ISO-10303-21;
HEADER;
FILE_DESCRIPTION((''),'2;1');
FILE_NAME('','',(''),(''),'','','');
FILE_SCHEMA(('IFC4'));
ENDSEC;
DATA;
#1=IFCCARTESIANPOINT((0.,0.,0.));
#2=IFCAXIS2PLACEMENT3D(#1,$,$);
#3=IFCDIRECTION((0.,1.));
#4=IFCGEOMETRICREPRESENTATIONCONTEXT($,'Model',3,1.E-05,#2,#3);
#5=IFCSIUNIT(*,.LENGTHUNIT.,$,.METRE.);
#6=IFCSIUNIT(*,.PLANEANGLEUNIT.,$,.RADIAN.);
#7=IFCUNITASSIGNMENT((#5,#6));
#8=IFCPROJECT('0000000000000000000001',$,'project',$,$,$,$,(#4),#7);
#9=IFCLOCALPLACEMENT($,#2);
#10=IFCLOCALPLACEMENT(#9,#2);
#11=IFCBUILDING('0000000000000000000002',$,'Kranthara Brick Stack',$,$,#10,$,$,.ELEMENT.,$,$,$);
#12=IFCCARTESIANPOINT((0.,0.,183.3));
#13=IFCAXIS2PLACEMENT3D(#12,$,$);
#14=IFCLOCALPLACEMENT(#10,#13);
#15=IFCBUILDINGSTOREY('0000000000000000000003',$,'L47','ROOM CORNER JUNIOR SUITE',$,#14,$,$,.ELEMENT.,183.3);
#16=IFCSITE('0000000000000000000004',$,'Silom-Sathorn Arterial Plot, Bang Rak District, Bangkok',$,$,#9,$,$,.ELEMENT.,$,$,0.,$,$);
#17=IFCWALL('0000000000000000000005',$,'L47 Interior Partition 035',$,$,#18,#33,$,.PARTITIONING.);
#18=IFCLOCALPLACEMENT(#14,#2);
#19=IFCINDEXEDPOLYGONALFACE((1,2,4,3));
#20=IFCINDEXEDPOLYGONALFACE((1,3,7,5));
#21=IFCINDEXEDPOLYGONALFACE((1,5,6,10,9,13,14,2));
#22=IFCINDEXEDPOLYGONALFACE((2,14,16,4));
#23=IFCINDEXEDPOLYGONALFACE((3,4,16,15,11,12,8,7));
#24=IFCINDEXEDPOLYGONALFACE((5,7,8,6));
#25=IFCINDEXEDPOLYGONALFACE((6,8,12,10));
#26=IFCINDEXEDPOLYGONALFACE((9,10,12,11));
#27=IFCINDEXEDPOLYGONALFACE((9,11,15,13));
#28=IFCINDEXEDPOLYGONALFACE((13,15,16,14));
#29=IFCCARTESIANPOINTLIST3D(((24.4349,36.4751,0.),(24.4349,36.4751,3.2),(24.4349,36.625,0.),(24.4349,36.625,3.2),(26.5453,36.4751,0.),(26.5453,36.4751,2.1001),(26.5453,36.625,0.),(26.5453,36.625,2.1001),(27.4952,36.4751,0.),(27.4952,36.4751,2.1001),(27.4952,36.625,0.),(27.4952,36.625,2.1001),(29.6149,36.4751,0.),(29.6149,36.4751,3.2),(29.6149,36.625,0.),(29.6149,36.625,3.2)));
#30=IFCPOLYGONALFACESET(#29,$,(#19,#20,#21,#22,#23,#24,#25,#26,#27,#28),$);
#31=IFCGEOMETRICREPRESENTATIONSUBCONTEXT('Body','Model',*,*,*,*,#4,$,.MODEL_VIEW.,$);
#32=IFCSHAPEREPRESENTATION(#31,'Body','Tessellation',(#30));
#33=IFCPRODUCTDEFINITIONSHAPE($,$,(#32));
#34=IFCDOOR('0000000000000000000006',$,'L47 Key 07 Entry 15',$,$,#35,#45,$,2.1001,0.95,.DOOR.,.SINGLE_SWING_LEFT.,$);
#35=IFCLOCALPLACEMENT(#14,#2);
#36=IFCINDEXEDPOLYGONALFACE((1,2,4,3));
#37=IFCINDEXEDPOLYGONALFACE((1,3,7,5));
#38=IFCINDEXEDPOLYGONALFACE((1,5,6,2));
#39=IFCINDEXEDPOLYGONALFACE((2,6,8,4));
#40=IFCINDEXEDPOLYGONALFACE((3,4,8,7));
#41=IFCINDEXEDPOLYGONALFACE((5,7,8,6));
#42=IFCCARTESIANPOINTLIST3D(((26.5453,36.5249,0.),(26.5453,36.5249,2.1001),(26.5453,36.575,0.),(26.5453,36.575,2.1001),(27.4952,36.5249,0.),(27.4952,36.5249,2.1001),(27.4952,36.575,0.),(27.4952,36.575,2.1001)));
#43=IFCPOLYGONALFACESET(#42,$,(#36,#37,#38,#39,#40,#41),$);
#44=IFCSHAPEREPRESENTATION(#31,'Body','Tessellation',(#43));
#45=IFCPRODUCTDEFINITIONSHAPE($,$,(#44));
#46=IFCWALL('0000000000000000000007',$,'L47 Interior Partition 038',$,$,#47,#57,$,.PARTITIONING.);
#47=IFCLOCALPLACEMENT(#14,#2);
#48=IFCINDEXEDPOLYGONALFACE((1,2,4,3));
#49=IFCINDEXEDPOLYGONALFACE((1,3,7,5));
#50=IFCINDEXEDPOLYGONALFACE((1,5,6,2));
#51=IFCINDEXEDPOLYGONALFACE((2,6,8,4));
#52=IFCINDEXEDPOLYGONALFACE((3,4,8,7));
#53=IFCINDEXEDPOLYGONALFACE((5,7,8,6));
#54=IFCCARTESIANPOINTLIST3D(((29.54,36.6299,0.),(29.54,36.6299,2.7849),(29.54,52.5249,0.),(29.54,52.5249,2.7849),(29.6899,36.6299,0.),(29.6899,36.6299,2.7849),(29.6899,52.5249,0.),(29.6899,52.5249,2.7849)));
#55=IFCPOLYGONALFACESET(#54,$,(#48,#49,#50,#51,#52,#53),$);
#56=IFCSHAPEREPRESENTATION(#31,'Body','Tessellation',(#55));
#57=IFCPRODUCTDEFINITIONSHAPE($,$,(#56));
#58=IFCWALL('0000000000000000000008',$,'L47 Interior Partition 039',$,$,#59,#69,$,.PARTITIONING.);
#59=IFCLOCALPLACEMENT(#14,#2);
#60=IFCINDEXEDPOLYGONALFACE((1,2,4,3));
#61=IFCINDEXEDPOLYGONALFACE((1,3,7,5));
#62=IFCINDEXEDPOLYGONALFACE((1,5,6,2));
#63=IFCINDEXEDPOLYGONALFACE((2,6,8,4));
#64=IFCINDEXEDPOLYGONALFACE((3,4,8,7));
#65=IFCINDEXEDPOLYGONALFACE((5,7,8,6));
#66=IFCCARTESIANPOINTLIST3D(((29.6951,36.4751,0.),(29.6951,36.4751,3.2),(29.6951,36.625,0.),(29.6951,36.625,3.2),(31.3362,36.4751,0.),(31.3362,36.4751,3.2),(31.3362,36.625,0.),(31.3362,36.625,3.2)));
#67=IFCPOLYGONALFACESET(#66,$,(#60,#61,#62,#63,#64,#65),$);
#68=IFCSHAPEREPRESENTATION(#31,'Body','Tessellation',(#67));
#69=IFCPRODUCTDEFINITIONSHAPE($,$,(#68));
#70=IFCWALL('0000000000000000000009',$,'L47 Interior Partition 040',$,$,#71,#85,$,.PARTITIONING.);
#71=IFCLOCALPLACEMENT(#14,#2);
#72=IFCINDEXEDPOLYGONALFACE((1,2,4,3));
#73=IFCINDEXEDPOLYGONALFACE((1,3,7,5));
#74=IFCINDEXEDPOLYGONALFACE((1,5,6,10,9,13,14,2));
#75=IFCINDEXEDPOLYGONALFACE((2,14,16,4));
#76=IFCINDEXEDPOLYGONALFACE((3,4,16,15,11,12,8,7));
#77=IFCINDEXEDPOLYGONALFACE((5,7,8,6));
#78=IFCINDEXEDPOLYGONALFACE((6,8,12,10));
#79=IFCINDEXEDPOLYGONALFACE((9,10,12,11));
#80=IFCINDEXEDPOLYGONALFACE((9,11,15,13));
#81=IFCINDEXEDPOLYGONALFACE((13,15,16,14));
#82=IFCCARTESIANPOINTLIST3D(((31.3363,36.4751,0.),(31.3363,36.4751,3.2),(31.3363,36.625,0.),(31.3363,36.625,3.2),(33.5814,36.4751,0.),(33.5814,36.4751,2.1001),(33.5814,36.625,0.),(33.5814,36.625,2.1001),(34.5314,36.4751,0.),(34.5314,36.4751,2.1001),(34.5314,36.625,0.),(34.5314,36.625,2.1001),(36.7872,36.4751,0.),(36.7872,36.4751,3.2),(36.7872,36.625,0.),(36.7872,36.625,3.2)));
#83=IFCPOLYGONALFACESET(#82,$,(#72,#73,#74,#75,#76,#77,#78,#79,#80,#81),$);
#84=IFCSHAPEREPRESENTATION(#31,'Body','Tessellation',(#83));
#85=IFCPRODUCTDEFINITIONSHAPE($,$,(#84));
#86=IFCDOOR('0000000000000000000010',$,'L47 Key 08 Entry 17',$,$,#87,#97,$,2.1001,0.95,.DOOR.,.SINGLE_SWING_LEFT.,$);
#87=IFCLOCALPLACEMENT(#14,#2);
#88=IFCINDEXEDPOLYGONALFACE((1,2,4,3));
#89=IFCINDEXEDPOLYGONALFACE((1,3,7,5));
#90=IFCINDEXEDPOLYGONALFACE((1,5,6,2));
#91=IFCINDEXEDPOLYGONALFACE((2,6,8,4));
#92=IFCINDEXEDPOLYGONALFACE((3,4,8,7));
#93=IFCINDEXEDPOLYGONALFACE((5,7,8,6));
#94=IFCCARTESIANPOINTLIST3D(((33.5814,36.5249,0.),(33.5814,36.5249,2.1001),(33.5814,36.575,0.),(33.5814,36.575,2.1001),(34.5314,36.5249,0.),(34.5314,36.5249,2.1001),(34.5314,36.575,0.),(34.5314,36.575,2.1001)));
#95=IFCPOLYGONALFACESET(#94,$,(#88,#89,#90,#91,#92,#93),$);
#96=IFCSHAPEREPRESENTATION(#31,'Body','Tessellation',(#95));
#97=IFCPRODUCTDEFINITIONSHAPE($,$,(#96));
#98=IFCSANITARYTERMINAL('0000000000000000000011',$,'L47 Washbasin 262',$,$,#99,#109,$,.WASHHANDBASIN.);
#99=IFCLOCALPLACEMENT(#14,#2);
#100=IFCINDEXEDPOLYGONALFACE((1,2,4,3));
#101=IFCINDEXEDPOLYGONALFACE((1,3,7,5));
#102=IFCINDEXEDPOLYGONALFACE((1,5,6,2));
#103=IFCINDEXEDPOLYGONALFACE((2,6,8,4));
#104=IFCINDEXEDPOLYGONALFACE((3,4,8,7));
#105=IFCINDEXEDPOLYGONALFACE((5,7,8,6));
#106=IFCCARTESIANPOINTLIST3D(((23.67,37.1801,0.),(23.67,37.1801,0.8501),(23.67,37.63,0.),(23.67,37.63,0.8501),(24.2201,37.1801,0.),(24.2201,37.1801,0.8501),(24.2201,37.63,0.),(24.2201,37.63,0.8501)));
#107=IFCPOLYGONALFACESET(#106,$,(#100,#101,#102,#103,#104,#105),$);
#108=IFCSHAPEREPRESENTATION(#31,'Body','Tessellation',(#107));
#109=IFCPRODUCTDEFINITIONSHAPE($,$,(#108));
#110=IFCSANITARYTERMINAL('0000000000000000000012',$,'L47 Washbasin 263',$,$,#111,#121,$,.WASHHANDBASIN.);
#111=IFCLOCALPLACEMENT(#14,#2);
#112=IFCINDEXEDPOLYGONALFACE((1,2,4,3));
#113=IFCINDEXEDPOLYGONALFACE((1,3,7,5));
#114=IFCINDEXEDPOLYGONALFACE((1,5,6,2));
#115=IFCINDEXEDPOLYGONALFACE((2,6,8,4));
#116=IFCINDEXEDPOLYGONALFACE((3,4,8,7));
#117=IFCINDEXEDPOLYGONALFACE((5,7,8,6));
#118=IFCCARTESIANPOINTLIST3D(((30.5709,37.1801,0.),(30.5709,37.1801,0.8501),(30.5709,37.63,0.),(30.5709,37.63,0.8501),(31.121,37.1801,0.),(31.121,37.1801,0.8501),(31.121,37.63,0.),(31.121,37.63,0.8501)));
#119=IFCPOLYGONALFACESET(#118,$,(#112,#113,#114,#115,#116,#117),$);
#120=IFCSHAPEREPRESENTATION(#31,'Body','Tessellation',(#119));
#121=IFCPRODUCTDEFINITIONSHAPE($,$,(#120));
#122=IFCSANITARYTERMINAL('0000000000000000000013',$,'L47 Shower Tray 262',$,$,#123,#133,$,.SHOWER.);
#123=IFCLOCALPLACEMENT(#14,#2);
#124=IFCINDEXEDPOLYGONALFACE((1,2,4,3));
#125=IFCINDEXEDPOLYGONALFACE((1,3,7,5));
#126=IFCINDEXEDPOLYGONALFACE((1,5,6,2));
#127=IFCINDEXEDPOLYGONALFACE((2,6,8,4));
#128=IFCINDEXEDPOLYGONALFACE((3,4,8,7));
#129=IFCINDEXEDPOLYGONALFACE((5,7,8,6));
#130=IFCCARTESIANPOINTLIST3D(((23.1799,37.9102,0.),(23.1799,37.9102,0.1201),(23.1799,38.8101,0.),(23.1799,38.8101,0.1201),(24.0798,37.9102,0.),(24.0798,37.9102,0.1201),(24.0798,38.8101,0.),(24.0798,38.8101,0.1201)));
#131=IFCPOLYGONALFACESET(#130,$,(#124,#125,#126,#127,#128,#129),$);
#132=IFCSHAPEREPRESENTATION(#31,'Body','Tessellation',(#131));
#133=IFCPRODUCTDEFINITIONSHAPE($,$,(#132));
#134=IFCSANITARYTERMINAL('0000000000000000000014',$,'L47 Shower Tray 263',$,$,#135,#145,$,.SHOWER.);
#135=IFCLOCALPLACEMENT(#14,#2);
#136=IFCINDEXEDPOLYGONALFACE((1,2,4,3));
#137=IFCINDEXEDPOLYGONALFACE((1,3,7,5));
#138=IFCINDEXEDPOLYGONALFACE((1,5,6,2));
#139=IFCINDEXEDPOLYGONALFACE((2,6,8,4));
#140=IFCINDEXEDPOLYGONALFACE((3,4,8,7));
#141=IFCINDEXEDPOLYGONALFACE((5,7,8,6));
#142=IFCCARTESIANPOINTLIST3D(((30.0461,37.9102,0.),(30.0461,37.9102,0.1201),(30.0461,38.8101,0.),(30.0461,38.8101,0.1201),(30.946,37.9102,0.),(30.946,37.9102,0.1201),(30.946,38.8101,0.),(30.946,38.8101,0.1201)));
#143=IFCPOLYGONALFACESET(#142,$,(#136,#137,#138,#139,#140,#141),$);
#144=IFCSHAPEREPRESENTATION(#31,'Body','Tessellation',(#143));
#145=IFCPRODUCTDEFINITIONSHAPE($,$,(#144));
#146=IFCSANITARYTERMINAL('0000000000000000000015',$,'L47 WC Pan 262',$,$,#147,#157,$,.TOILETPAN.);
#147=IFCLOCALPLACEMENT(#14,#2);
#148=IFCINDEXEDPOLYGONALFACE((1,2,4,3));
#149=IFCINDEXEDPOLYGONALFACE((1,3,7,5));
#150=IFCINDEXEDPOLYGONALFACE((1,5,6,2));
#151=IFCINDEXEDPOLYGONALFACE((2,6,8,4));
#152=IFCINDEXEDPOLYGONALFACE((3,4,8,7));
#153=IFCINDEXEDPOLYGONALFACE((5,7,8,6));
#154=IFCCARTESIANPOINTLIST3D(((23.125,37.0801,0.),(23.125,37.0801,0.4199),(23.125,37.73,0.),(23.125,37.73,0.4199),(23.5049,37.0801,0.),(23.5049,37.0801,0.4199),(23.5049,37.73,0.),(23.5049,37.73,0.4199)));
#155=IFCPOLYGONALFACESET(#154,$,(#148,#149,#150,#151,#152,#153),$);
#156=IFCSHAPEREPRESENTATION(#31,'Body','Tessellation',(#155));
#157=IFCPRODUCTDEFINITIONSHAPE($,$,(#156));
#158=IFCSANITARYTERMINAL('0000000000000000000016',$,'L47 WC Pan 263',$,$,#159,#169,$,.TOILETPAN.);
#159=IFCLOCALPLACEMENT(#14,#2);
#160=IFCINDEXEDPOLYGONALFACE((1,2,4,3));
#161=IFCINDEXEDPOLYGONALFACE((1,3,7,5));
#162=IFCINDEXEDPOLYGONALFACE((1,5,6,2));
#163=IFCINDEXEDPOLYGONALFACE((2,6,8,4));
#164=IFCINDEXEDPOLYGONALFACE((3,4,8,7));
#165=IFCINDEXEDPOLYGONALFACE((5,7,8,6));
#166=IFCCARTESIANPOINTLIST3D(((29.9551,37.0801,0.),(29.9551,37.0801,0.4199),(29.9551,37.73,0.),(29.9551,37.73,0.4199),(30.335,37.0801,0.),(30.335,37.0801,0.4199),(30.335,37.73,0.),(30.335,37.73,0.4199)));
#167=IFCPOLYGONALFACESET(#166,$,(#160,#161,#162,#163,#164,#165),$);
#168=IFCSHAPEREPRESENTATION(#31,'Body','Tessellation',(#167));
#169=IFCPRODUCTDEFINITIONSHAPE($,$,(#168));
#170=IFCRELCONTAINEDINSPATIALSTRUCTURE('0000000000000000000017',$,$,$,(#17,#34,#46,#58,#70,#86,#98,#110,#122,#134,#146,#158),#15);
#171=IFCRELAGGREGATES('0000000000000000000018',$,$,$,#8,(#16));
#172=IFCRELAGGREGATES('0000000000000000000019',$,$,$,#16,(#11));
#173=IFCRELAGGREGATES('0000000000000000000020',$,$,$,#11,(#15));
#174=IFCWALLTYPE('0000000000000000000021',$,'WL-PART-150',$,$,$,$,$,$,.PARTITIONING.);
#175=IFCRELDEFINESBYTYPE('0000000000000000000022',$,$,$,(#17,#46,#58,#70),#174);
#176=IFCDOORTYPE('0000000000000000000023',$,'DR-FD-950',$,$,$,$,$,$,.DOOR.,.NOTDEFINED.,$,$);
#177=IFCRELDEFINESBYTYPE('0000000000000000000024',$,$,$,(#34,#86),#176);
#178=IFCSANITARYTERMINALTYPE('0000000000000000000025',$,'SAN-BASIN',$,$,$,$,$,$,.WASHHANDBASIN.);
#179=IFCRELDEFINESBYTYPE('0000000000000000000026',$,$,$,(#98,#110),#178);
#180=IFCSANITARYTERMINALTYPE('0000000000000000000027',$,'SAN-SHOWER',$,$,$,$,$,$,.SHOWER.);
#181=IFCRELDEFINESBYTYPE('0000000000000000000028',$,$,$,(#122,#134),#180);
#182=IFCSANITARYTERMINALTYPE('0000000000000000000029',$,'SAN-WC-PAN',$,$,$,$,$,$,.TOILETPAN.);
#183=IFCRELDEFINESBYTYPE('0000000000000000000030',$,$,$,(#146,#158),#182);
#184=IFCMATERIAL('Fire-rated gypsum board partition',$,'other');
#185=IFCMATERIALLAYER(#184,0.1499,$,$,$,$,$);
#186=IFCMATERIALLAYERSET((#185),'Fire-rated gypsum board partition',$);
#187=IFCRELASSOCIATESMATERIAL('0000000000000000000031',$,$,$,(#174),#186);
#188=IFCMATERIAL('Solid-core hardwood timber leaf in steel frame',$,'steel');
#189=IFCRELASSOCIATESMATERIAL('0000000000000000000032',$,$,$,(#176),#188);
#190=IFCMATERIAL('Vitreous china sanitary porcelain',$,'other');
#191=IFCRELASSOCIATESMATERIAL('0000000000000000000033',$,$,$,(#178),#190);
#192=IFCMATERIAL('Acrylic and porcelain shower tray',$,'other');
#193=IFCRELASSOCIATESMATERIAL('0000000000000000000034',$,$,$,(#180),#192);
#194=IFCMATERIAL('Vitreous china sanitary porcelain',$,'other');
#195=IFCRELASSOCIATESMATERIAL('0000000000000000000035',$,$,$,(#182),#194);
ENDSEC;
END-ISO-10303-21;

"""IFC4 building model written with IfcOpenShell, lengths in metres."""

from ifc_helpers import new_model, si_unit, direction, frame, frame_2d, origin, origin_2d, place, context, subcontext, project, spatial, rectangle, extrude, material, layer, layer_set, type_object, element, fill, save


model = new_model("IFC4")

# Units and contexts
model_context = context("Model", 3, precision=1e-05, world=origin(), true_north=direction((0.0, 1.0)))
body_context = subcontext(model_context, "Body", "Model", "MODEL_VIEW")
ifc_project = project(units=[si_unit("LENGTHUNIT", "METRE"), si_unit("PLANEANGLEUNIT", "RADIAN")], contexts=[model_context])

# Site, building, storey
site_placement = place(None, origin())
site = spatial("IfcSite", under=ifc_project, at=site_placement, Name="Silom-Sathorn Arterial Plot, Bang Rak District, Bangkok", CompositionType="ELEMENT", RefElevation=0.0)
building_placement = place(site_placement, origin())
building = spatial("IfcBuilding", under=site, at=building_placement, Name="Kranthara Brick Stack", CompositionType="ELEMENT")
storey_placement = place(building_placement, frame((0.0, 0.0, 183.3)))
storey = spatial("IfcBuildingStorey", under=building, at=storey_placement, Name="L47", Description="ROOM CORNER JUNIOR SUITE", CompositionType="ELEMENT", Elevation=183.3)

# Shared definitions
ifc_material_1 = material(Name="Fire-rated gypsum board partition", Category="other")
ifc_layer_1 = layer(ifc_material_1, 0.1499)
ifc_layer_set_1 = layer_set([ifc_layer_1], Name="Fire-rated gypsum board partition")
wall_type_1 = type_object("IfcWallType", Name="WL-PART-150", PredefinedType="PARTITIONING", material=ifc_layer_set_1)

# Wall, opening, door
wall_1_placement = place(storey_placement, frame((24.4351, 36.55, 0.0), z_axis=(0.0, 0.0, 1.0), x_axis=(1.0, 0.0, 0.0)))
wall_1 = element("IfcWall", 1, at=wall_1_placement, inside=storey, type_object=wall_type_1, Name="L47 Interior Partition 035", PredefinedType="PARTITIONING", context=body_context, shape_type="SweptSolid", body=[
    extrude(rectangle(XDim=5.1799, YDim=0.1499, at=frame_2d((2.5898, 0.0))), origin(), (0.0, 0.0, 1.0), 3.2),
])
opening_1_placement = place(wall_1_placement, frame((2.1101, 0.0, 0.0)))
opening_1 = element("IfcOpeningElement", 2, at=opening_1_placement, cuts=wall_1, PredefinedType="OPENING", context=body_context, shape_type="SweptSolid", body=[
    extrude(rectangle(XDim=0.95, YDim=2.1001, at=frame_2d((0.4751, 1.05))), frame((0.0, 0.085, 0.0), z_axis=(0.0, -1.0, 0.0), x_axis=(1.0, 0.0, 0.0)), (0.0, 0.0, 1.0), 0.1699),
])
ifc_material_2 = material(Name="Solid-core hardwood timber leaf in steel frame", Category="steel")
door_type_1 = type_object("IfcDoorType", Name="DR-FD-950", OperationType="NOTDEFINED", PredefinedType="DOOR", material=ifc_material_2)
door_1_placement = place(opening_1_placement, origin())
door_1 = element("IfcDoor", 3, at=door_1_placement, inside=storey, type_object=door_type_1, Name="L47 Key 07 Entry 15", OperationType="SINGLE_SWING_LEFT", OverallHeight=2.1001, OverallWidth=0.95, PredefinedType="DOOR", context=body_context, shape_type="SweptSolid", body=[
    extrude(rectangle(XDim=0.95, YDim=2.1001, at=frame_2d((0.4751, 1.05))), frame((0.0, 0.0249, 0.0), z_axis=(0.0, -1.0, 0.0), x_axis=(1.0, 0.0, 0.0)), (0.0, 0.0, 1.0), 0.05),
])
fill(opening_1, door_1)

# Walls
wall_2_placement = place(storey_placement, frame((29.615, 36.6299, 0.0), z_axis=(0.0, 0.0, 1.0), x_axis=(0.0, 1.0, 0.0)))
element("IfcWall", 4, at=wall_2_placement, inside=storey, type_object=wall_type_1, Name="L47 Interior Partition 038", PredefinedType="PARTITIONING", context=body_context, shape_type="SweptSolid", body=[
    extrude(rectangle(XDim=15.895, YDim=0.1499, at=frame_2d((7.9475, 0.0))), origin(), (0.0, 0.0, 1.0), 2.7849),
])
wall_3_placement = place(storey_placement, frame((29.6951, 36.55, 0.0), z_axis=(0.0, 0.0, 1.0), x_axis=(1.0, 0.0, 0.0)))
element("IfcWall", 5, at=wall_3_placement, inside=storey, type_object=wall_type_1, Name="L47 Interior Partition 039", PredefinedType="PARTITIONING", context=body_context, shape_type="SweptSolid", body=[
    extrude(rectangle(XDim=1.6411, YDim=0.1499, at=frame_2d((0.8206, 0.0))), origin(), (0.0, 0.0, 1.0), 3.2),
])

# Wall, opening, door
wall_4_placement = place(storey_placement, frame((31.3362, 36.55, 0.0), z_axis=(0.0, 0.0, 1.0), x_axis=(1.0, 0.0, 0.0)))
wall_4 = element("IfcWall", 6, at=wall_4_placement, inside=storey, type_object=wall_type_1, Name="L47 Interior Partition 040", PredefinedType="PARTITIONING", context=body_context, shape_type="SweptSolid", body=[
    extrude(rectangle(XDim=5.4509, YDim=0.1499, at=frame_2d((2.7256, 0.0))), origin(), (0.0, 0.0, 1.0), 3.2),
])
opening_2_placement = place(wall_4_placement, frame((2.2451, 0.0, 0.0)))
opening_2 = element("IfcOpeningElement", 7, at=opening_2_placement, cuts=wall_4, PredefinedType="OPENING", context=body_context, shape_type="SweptSolid", body=[
    extrude(rectangle(XDim=0.95, YDim=2.1001, at=frame_2d((0.4751, 1.05))), frame((0.0, 0.085, 0.0), z_axis=(0.0, -1.0, 0.0), x_axis=(1.0, 0.0, 0.0)), (0.0, 0.0, 1.0), 0.1699),
])
door_2_placement = place(opening_2_placement, origin())
door_2 = element("IfcDoor", 8, at=door_2_placement, inside=storey, type_object=door_type_1, Name="L47 Key 08 Entry 17", OperationType="SINGLE_SWING_LEFT", OverallHeight=2.1001, OverallWidth=0.95, PredefinedType="DOOR", context=body_context, shape_type="SweptSolid", body=[
    extrude(rectangle(XDim=0.95, YDim=2.1001, at=frame_2d((0.4751, 1.05))), frame((0.0, 0.0249, 0.0), z_axis=(0.0, -1.0, 0.0), x_axis=(1.0, 0.0, 0.0)), (0.0, 0.0, 1.0), 0.05),
])
fill(opening_2, door_2)

# Sanitary terminals
ifc_material_3 = material(Name="Vitreous china sanitary porcelain", Category="other")
sanitary_terminal_type_1 = type_object("IfcSanitaryTerminalType", Name="SAN-BASIN", PredefinedType="WASHHANDBASIN", material=ifc_material_3)
for number, where, z_axis, x_axis, name in (
    (9, (23.9451, 37.405, 0.0), (0.0, 0.0, 1.0), (1.0, 0.0, 0.0), "L47 Washbasin 262"),
    (10, (30.8459, 37.405, 0.0), (0.0, 0.0, 1.0), (1.0, 0.0, 0.0), "L47 Washbasin 263"),
):
    element("IfcSanitaryTerminal", number, at=place(storey_placement, frame(where, z_axis=z_axis, x_axis=x_axis)), inside=storey, type_object=sanitary_terminal_type_1, Name=name, PredefinedType="WASHHANDBASIN", context=body_context, shape_type="SweptSolid", body=[
        extrude(rectangle(XDim=0.55, YDim=0.45, at=origin_2d()), origin(), (0.0, 0.0, 1.0), 0.8501),
    ])
ifc_material_4 = material(Name="Acrylic and porcelain shower tray", Category="other")
sanitary_terminal_type_2 = type_object("IfcSanitaryTerminalType", Name="SAN-SHOWER", PredefinedType="SHOWER", material=ifc_material_4)
for number, where, z_axis, x_axis, name in (
    (11, (23.6299, 38.3601, 0.0), (0.0, 0.0, 1.0), (1.0, 0.0, 0.0), "L47 Shower Tray 262"),
    (12, (30.4961, 38.3601, 0.0), (0.0, 0.0, 1.0), (1.0, 0.0, 0.0), "L47 Shower Tray 263"),
):
    element("IfcSanitaryTerminal", number, at=place(storey_placement, frame(where, z_axis=z_axis, x_axis=x_axis)), inside=storey, type_object=sanitary_terminal_type_2, Name=name, PredefinedType="SHOWER", context=body_context, shape_type="SweptSolid", body=[
        extrude(rectangle(XDim=0.8999, YDim=0.8999, at=origin_2d()), origin(), (0.0, 0.0, 1.0), 0.1201),
    ])
ifc_material_5 = material(Name="Vitreous china sanitary porcelain", Category="other")
sanitary_terminal_type_3 = type_object("IfcSanitaryTerminalType", Name="SAN-WC-PAN", PredefinedType="TOILETPAN", material=ifc_material_5)
for number, where, z_axis, x_axis, name in (
    (13, (23.3149, 37.405, 0.0), (0.0, 0.0, 1.0), (1.0, 0.0, 0.0), "L47 WC Pan 262"),
    (14, (30.145, 37.405, 0.0), (0.0, 0.0, 1.0), (1.0, 0.0, 0.0), "L47 WC Pan 263"),
):
    element("IfcSanitaryTerminal", number, at=place(storey_placement, frame(where, z_axis=z_axis, x_axis=x_axis)), inside=storey, type_object=sanitary_terminal_type_3, Name=name, PredefinedType="TOILETPAN", context=body_context, shape_type="SweptSolid", body=[
        extrude(rectangle(XDim=0.3799, YDim=0.6499, at=origin_2d()), origin(), (0.0, 0.0, 1.0), 0.4199),
    ])

save(model, "model.ifc")
